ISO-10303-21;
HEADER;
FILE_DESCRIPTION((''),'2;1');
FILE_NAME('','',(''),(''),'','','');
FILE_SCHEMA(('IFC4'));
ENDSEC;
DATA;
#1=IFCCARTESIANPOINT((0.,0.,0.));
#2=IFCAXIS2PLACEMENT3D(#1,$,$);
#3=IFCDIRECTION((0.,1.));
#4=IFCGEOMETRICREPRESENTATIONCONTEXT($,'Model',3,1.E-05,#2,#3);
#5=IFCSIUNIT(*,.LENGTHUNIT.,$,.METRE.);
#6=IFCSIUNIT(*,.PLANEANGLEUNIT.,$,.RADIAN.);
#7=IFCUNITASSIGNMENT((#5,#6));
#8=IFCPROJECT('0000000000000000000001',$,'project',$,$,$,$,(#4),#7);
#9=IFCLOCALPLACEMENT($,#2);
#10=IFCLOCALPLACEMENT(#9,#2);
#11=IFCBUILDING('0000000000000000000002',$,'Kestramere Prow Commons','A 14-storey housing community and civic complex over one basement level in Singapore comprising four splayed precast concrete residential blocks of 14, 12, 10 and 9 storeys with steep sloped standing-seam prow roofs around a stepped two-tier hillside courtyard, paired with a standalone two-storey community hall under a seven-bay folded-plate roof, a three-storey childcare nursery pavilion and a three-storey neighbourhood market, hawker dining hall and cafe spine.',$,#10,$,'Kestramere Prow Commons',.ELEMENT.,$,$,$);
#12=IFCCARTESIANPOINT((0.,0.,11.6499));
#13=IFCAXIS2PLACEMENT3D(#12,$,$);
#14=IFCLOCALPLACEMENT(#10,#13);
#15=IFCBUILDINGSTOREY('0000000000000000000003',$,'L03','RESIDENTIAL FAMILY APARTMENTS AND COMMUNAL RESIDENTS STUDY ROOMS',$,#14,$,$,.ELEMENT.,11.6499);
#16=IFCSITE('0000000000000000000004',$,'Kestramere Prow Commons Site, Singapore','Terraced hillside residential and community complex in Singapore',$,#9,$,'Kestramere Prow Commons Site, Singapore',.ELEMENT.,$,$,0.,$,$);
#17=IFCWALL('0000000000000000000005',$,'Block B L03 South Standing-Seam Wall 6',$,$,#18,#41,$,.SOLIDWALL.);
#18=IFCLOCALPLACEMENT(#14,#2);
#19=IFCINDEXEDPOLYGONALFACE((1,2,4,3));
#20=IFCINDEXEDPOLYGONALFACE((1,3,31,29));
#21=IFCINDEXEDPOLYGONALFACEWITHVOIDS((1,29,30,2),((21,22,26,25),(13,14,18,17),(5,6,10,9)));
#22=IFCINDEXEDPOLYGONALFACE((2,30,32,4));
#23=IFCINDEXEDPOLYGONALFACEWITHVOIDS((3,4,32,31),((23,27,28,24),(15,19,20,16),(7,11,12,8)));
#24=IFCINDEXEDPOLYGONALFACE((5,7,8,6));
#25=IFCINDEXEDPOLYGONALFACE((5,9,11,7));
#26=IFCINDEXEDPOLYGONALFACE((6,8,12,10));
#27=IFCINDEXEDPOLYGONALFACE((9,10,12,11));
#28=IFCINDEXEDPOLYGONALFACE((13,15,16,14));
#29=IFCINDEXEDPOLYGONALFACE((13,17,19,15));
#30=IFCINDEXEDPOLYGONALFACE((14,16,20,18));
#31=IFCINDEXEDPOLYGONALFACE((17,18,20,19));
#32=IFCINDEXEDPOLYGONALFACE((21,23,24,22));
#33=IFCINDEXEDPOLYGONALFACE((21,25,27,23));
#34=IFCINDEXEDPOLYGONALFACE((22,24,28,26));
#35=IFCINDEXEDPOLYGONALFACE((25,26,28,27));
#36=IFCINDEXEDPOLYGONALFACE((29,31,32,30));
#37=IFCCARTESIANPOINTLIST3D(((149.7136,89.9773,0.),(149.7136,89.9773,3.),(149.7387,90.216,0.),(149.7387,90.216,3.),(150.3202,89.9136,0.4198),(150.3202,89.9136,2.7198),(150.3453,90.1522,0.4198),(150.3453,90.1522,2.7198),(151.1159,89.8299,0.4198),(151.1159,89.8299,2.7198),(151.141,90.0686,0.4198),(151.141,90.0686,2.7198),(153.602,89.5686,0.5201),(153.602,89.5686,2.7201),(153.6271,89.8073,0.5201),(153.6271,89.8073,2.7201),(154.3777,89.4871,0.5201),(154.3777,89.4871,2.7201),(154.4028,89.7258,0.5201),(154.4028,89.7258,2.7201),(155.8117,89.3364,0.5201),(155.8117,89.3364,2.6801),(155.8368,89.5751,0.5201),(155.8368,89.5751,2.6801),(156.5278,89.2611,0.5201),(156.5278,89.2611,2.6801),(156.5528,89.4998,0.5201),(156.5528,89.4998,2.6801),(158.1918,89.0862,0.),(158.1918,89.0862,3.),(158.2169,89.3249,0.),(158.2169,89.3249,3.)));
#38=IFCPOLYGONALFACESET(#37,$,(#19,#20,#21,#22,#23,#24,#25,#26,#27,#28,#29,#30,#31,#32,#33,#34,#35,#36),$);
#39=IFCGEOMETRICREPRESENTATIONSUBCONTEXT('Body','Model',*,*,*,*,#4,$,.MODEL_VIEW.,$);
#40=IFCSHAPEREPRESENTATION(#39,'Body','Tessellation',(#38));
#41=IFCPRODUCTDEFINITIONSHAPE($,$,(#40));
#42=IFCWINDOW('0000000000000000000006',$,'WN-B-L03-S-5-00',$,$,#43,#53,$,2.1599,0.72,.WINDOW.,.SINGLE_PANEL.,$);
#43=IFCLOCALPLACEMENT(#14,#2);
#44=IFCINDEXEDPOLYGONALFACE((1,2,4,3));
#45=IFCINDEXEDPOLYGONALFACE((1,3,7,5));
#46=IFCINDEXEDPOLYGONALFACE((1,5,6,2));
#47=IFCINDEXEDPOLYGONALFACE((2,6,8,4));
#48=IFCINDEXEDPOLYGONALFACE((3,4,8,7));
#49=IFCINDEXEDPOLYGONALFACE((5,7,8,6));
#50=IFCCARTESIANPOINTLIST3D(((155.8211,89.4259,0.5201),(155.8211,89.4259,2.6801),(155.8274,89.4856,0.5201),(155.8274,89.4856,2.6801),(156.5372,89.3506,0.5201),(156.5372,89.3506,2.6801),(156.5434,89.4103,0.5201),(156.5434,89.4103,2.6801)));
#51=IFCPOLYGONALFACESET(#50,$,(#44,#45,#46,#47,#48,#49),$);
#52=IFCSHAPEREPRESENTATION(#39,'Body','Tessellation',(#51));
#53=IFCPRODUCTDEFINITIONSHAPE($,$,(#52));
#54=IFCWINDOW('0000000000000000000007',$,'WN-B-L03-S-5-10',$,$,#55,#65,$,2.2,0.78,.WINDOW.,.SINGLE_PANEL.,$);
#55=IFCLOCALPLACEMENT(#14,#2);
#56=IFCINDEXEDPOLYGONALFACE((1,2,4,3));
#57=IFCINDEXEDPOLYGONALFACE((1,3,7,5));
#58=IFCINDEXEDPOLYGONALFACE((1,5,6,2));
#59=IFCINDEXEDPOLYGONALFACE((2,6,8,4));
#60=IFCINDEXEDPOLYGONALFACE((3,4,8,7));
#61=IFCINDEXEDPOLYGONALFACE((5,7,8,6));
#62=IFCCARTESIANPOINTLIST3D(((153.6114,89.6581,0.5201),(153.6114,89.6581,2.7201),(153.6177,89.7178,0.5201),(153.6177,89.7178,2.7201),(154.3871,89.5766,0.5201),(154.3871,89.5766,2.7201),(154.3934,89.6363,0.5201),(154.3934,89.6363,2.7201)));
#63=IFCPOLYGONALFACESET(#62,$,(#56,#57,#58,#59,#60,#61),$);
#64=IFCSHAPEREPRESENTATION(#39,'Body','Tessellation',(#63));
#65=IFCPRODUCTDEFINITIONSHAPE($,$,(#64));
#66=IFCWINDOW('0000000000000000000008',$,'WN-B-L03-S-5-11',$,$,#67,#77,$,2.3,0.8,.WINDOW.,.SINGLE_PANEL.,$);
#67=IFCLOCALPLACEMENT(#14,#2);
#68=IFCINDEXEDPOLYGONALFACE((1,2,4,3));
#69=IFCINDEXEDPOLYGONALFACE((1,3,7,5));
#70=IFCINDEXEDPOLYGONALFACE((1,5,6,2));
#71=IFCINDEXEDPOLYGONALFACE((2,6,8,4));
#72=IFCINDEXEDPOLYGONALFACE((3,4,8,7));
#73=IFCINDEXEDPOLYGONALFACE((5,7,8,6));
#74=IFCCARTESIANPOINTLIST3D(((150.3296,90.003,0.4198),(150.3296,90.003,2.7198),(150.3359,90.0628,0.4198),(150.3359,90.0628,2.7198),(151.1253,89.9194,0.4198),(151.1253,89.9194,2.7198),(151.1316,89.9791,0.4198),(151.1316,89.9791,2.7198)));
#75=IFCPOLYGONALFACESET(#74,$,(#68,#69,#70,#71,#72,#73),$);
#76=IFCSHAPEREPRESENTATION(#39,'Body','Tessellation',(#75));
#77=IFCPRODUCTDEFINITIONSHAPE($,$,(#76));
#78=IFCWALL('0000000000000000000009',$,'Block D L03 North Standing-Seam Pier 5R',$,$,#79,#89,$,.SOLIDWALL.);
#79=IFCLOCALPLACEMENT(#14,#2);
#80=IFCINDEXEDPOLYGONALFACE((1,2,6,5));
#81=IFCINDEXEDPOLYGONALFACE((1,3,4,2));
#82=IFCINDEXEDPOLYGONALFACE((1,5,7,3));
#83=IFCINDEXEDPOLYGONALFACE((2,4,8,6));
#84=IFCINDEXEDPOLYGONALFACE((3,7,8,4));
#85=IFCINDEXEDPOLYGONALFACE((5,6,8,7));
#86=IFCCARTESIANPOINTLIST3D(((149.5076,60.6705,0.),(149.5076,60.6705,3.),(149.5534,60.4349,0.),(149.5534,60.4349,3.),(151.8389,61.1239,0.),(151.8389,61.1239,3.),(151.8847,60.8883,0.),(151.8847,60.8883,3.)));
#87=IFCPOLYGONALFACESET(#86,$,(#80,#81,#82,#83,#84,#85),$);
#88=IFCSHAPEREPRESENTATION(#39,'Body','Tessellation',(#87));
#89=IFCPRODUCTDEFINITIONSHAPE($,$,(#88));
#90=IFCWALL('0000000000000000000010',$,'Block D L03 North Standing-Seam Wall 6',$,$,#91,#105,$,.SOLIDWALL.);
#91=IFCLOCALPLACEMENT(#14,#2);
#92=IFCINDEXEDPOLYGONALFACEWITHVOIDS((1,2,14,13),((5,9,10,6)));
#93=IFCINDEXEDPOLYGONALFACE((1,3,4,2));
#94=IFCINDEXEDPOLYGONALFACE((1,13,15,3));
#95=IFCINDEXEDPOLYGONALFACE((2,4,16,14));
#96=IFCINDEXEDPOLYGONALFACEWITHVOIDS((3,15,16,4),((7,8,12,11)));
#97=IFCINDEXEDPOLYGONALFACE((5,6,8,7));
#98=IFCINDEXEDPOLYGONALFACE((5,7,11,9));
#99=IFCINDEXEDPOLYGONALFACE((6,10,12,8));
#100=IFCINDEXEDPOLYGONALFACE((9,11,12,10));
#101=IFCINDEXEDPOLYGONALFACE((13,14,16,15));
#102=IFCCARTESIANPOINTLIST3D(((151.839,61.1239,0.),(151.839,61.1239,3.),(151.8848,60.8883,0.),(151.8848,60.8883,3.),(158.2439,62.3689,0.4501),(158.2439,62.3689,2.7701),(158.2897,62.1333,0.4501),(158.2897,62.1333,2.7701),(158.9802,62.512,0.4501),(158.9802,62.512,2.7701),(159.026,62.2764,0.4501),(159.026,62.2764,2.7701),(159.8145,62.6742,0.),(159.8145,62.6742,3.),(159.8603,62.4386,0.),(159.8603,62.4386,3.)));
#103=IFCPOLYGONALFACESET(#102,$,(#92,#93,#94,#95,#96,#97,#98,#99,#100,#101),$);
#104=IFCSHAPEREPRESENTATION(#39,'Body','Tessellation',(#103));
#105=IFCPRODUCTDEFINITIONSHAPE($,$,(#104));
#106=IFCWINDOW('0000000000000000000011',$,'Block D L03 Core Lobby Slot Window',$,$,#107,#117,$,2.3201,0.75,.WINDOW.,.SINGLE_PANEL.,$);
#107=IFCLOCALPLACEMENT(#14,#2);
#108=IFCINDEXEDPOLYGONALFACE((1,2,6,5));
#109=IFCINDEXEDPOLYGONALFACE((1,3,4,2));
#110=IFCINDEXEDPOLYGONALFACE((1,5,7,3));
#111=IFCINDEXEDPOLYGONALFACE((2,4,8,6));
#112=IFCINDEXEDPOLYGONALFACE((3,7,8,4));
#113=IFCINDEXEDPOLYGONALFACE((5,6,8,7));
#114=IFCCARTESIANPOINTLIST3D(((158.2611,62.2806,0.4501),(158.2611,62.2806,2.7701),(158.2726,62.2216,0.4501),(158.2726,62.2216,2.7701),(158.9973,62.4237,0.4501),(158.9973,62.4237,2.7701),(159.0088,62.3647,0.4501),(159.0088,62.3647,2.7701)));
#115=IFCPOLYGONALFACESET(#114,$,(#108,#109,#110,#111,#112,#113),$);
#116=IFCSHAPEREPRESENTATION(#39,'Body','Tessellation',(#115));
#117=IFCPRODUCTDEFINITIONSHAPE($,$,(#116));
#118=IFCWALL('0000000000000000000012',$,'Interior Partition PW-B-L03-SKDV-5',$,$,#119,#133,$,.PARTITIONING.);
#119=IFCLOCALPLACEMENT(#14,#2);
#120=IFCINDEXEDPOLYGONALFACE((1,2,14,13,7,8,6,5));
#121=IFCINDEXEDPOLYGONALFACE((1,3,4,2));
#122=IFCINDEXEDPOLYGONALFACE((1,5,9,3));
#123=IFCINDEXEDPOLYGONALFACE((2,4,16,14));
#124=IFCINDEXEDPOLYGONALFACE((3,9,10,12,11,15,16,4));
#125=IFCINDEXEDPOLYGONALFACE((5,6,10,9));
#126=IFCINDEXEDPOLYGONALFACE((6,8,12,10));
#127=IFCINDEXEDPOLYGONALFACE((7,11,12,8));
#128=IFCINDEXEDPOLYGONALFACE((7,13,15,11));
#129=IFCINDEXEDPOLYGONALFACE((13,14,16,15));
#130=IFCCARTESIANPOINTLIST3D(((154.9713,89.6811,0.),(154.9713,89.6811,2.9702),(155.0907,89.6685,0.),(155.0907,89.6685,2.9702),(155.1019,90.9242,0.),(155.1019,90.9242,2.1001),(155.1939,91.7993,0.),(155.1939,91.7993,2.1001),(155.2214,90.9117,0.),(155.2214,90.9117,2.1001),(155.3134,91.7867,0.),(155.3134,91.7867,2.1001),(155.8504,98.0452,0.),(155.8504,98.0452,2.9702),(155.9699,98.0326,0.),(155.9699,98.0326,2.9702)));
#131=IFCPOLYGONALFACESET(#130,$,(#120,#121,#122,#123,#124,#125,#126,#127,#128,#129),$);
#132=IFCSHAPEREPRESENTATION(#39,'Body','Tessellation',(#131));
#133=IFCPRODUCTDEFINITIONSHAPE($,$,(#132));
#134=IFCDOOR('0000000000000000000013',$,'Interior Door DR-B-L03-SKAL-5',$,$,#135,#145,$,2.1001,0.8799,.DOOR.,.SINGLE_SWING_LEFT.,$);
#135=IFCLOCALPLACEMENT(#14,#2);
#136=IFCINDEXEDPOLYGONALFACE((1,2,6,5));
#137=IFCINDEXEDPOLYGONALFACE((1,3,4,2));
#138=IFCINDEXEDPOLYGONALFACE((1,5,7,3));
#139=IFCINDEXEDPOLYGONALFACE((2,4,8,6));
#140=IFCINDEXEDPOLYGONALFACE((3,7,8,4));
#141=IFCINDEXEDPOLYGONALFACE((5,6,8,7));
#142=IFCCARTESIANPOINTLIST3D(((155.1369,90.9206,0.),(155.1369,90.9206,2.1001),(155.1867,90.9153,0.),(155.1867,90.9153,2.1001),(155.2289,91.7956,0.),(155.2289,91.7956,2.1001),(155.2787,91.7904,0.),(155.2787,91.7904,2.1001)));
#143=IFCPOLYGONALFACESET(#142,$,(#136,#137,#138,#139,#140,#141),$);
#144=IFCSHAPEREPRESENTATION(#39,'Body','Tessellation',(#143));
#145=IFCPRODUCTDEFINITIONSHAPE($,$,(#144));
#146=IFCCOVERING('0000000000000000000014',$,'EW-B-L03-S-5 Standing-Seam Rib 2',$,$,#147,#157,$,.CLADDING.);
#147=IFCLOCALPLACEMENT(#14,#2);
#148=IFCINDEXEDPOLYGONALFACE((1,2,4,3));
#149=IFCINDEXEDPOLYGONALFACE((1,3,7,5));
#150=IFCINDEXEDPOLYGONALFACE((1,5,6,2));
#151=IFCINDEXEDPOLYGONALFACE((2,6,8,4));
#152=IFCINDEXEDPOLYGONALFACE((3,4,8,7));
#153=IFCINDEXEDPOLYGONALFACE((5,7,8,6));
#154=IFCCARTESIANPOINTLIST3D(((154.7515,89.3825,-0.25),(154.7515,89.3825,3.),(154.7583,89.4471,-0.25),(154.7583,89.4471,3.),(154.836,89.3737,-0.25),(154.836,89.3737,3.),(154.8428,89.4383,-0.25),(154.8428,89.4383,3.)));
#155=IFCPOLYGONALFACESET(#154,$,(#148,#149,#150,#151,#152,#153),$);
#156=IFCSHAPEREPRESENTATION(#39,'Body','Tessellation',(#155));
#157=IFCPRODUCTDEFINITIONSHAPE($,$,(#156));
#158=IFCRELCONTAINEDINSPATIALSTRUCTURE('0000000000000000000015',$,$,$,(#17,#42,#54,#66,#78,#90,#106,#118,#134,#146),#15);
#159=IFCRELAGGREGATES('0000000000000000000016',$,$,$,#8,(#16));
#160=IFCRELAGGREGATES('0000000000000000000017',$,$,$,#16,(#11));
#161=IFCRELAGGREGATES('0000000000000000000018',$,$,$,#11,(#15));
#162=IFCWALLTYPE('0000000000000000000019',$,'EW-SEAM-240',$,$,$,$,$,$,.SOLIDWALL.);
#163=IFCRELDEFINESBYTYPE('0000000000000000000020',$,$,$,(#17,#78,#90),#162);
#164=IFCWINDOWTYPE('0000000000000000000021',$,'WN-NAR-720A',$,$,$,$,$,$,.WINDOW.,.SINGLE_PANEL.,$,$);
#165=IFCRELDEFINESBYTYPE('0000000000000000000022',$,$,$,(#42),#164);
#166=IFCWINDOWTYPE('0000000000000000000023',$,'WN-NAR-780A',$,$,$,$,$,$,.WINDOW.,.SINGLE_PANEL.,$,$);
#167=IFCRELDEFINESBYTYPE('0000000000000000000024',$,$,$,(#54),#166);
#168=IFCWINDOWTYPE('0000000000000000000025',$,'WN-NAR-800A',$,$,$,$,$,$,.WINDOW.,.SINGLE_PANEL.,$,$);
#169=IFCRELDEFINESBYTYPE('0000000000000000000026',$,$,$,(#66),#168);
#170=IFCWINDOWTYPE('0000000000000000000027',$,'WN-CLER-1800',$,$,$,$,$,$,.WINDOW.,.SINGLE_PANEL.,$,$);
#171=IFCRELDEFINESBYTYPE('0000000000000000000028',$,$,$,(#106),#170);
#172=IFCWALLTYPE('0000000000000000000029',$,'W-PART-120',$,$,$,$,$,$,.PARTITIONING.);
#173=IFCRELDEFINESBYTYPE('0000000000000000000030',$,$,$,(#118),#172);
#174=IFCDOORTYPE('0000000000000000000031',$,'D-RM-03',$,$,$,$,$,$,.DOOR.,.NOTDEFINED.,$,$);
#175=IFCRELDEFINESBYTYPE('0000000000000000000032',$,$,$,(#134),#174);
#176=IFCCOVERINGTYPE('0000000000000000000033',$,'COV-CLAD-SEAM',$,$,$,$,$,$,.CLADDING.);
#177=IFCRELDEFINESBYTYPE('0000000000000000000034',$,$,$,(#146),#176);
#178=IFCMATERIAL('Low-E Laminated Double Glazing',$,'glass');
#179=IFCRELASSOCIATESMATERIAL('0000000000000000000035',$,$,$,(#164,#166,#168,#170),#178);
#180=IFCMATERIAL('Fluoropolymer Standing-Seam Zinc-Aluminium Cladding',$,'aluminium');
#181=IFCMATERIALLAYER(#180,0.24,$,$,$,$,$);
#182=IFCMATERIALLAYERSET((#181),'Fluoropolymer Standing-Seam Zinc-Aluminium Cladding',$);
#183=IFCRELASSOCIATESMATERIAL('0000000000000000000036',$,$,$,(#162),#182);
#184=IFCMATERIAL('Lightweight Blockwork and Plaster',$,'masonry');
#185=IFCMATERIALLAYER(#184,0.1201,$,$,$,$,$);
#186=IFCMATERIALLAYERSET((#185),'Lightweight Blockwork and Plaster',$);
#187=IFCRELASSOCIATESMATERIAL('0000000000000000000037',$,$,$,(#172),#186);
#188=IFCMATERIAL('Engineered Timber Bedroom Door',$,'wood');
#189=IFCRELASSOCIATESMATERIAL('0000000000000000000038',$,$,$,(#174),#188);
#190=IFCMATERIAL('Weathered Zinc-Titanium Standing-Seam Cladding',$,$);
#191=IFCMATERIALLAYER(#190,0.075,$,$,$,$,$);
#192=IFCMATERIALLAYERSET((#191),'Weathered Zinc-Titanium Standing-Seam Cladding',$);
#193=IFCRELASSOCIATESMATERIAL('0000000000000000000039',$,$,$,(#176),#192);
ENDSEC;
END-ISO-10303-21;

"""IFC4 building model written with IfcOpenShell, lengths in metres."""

from ifc_helpers import new_model, si_unit, direction, frame, frame_2d, origin, origin_2d, place, context, subcontext, project, spatial, rectangle, extrude, material, layer, layer_set, type_object, element, fill, save


model = new_model("IFC4")

# Units and contexts
model_context = context("Model", 3, precision=1e-05, world=origin(), true_north=direction((0.0, 1.0)))
body_context = subcontext(model_context, "Body", "Model", "MODEL_VIEW")
ifc_project = project(units=[si_unit("LENGTHUNIT", "METRE"), si_unit("PLANEANGLEUNIT", "RADIAN")], contexts=[model_context])

# Site, building, storey
site_placement = place(None, origin())
site = spatial("IfcSite", under=ifc_project, at=site_placement, Name="Kestramere Prow Commons Site, Singapore", Description="Terraced hillside residential and community complex in Singapore", LongName="Kestramere Prow Commons Site, Singapore", CompositionType="ELEMENT", RefElevation=0.0)
building_placement = place(site_placement, origin())
building = spatial("IfcBuilding", under=site, at=building_placement, Name="Kestramere Prow Commons", Description="A 14-storey housing community and civic complex over one basement level in Singapore comprising four splayed precast concrete residential blocks of 14, 12, 10 and 9 storeys with steep sloped standing-seam prow roofs around a stepped two-tier hillside courtyard, paired with a standalone two-storey community hall under a seven-bay folded-plate roof, a three-storey childcare nursery pavilion and a three-storey neighbourhood market, hawker dining hall and cafe spine.", LongName="Kestramere Prow Commons", CompositionType="ELEMENT")
storey_placement = place(building_placement, frame((0.0, 0.0, 11.6499)))
storey = spatial("IfcBuildingStorey", under=building, at=storey_placement, Name="L03", Description="RESIDENTIAL FAMILY APARTMENTS AND COMMUNAL RESIDENTS STUDY ROOMS", CompositionType="ELEMENT", Elevation=11.6499)

# Wall, openings, windows
ifc_material_1 = material(Name="Weathered Zinc-Titanium Standing-Seam Cladding")
ifc_material_2 = material(Name="Low-E Laminated Double Glazing", Category="glass")
window_type_1 = type_object("IfcWindowType", Name="WN-NAR-720A", PartitioningType="SINGLE_PANEL", PredefinedType="WINDOW", material=ifc_material_2)
ifc_material_3 = material(Name="Fluoropolymer Standing-Seam Zinc-Aluminium Cladding", Category="aluminium")
ifc_layer_1 = layer(ifc_material_3, 0.24)
ifc_layer_set_1 = layer_set([ifc_layer_1], Name="Fluoropolymer Standing-Seam Zinc-Aluminium Cladding")
wall_type_1 = type_object("IfcWallType", Name="EW-SEAM-240", PredefinedType="SOLIDWALL", material=ifc_layer_set_1)
wall_1_placement = place(storey_placement, frame((158.2043, 89.2056, 0.0), z_axis=(0.0, 0.0, 1.0), x_axis=(-0.994522, 0.10453, 0.0)))
wall_1 = element("IfcWall", 1, at=wall_1_placement, inside=storey, type_object=wall_type_1, Name="Block B L03 South Standing-Seam Wall 6", PredefinedType="SOLIDWALL", context=body_context, shape_type="SweptSolid", body=[
    extrude(rectangle(XDim=8.5249, YDim=0.24, at=frame_2d((4.2625, 0.0))), origin(), (0.0, 0.0, 1.0), 3.0),
])
opening_1_placement = place(wall_1_placement, frame((1.6733, 0.0, 0.52)))
opening_1 = element("IfcOpeningElement", 2, at=opening_1_placement, cuts=wall_1, PredefinedType="OPENING", context=body_context, shape_type="SweptSolid", body=[
    extrude(rectangle(XDim=0.72, YDim=2.1599, at=frame_2d((0.3599, 1.0801))), frame((0.0, 0.135, 0.0), z_axis=(0.0, -1.0, 0.0), x_axis=(1.0, 0.0, 0.0)), (0.0, 0.0, 1.0), 0.27),
])
opening_2_placement = place(wall_1_placement, frame((3.835, 0.0, 0.52)))
opening_2 = element("IfcOpeningElement", 3, at=opening_2_placement, cuts=wall_1, PredefinedType="OPENING", context=body_context, shape_type="SweptSolid", body=[
    extrude(rectangle(XDim=0.78, YDim=2.2, at=frame_2d((0.3901, 1.1001))), frame((0.0, 0.135, 0.0), z_axis=(0.0, -1.0, 0.0), x_axis=(1.0, 0.0, 0.0)), (0.0, 0.0, 1.0), 0.27),
])
opening_3_placement = place(wall_1_placement, frame((7.115, 0.0, 0.4199)))
opening_3 = element("IfcOpeningElement", 4, at=opening_3_placement, cuts=wall_1, PredefinedType="OPENING", context=body_context, shape_type="SweptSolid", body=[
    extrude(rectangle(XDim=0.8, YDim=2.3, at=frame_2d((0.3999, 1.1499))), frame((0.0, 0.135, 0.0), z_axis=(0.0, -1.0, 0.0), x_axis=(1.0, 0.0, 0.0)), (0.0, 0.0, 1.0), 0.27),
])
window_1_placement = place(opening_1_placement, origin())
window_1 = element("IfcWindow", 5, at=window_1_placement, inside=storey, type_object=window_type_1, Name="WN-B-L03-S-5-00", OverallHeight=2.1599, OverallWidth=0.72, PartitioningType="SINGLE_PANEL", PredefinedType="WINDOW", context=body_context, shape_type="SweptSolid", body=[
    extrude(rectangle(XDim=0.72, YDim=2.1599, at=frame_2d((0.3599, 1.0801))), frame((0.0, 0.03, 0.0), z_axis=(0.0, -1.0, 0.0), x_axis=(1.0, 0.0, 0.0)), (0.0, 0.0, 1.0), 0.0601),
])
fill(opening_1, window_1)
window_type_2 = type_object("IfcWindowType", Name="WN-NAR-780A", PartitioningType="SINGLE_PANEL", PredefinedType="WINDOW", material=ifc_material_2)
window_2_placement = place(opening_2_placement, origin())
window_2 = element("IfcWindow", 6, at=window_2_placement, inside=storey, type_object=window_type_2, Name="WN-B-L03-S-5-10", OverallHeight=2.2, OverallWidth=0.78, PartitioningType="SINGLE_PANEL", PredefinedType="WINDOW", context=body_context, shape_type="SweptSolid", body=[
    extrude(rectangle(XDim=0.78, YDim=2.2, at=frame_2d((0.3901, 1.1001))), frame((0.0, 0.03, 0.0), z_axis=(0.0, -1.0, 0.0), x_axis=(1.0, 0.0, 0.0)), (0.0, 0.0, 1.0), 0.0601),
])
fill(opening_2, window_2)
window_type_3 = type_object("IfcWindowType", Name="WN-NAR-800A", PartitioningType="SINGLE_PANEL", PredefinedType="WINDOW", material=ifc_material_2)
window_3_placement = place(opening_3_placement, origin())
window_3 = element("IfcWindow", 7, at=window_3_placement, inside=storey, type_object=window_type_3, Name="WN-B-L03-S-5-11", OverallHeight=2.3, OverallWidth=0.8, PartitioningType="SINGLE_PANEL", PredefinedType="WINDOW", context=body_context, shape_type="SweptSolid", body=[
    extrude(rectangle(XDim=0.8, YDim=2.3, at=frame_2d((0.3999, 1.1499))), frame((0.0, 0.03, 0.0), z_axis=(0.0, -1.0, 0.0), x_axis=(1.0, 0.0, 0.0)), (0.0, 0.0, 1.0), 0.0601),
])
fill(opening_3, window_3)

# Wall
wall_2_placement = place(storey_placement, frame((149.5305, 60.5527, 0.0), z_axis=(0.0, 0.0, 1.0), x_axis=(0.981611, 0.190894, 0.0)))
element("IfcWall", 8, at=wall_2_placement, inside=storey, type_object=wall_type_1, Name="Block D L03 North Standing-Seam Pier 5R", PredefinedType="SOLIDWALL", context=body_context, shape_type="SweptSolid", body=[
    extrude(rectangle(XDim=2.375, YDim=0.24, at=frame_2d((1.1875, 0.0))), origin(), (0.0, 0.0, 1.0), 3.0),
])

# Wall, opening, window
wall_3_placement = place(storey_placement, frame((151.8618, 61.0061, 0.0), z_axis=(0.0, 0.0, 1.0), x_axis=(0.981627, 0.190809, 0.0)))
wall_3 = element("IfcWall", 9, at=wall_3_placement, inside=storey, type_object=wall_type_1, Name="Block D L03 North Standing-Seam Wall 6", PredefinedType="SOLIDWALL", context=body_context, shape_type="SweptSolid", body=[
    extrude(rectangle(XDim=8.1248, YDim=0.24, at=frame_2d((4.0625, 0.0))), origin(), (0.0, 0.0, 1.0), 3.0),
])
opening_4_placement = place(wall_3_placement, frame((6.5249, 0.0, 0.45)))
opening_4 = element("IfcOpeningElement", 10, at=opening_4_placement, cuts=wall_3, PredefinedType="OPENING", context=body_context, shape_type="SweptSolid", body=[
    extrude(rectangle(XDim=0.75, YDim=2.3201, at=frame_2d((0.375, 1.1602))), frame((0.0, 0.135, 0.0), z_axis=(0.0, -1.0, 0.0), x_axis=(1.0, 0.0, 0.0)), (0.0, 0.0, 1.0), 0.27),
])
window_type_4 = type_object("IfcWindowType", Name="WN-CLER-1800", PartitioningType="SINGLE_PANEL", PredefinedType="WINDOW", material=ifc_material_2)
window_4_placement = place(opening_4_placement, origin())
window_4 = element("IfcWindow", 11, at=window_4_placement, inside=storey, type_object=window_type_4, Name="Block D L03 Core Lobby Slot Window", OverallHeight=2.3201, OverallWidth=0.75, PartitioningType="SINGLE_PANEL", PredefinedType="WINDOW", context=body_context, shape_type="SweptSolid", body=[
    extrude(rectangle(XDim=0.75, YDim=2.3201, at=frame_2d((0.375, 1.1602))), frame((0.0, 0.03, 0.0), z_axis=(0.0, -1.0, 0.0), x_axis=(1.0, 0.0, 0.0)), (0.0, 0.0, 1.0), 0.0601),
])
fill(opening_4, window_4)

# Wall, opening, door
ifc_material_4 = material(Name="Lightweight Blockwork and Plaster", Category="masonry")
ifc_layer_2 = layer(ifc_material_4, 0.1201)
ifc_layer_set_2 = layer_set([ifc_layer_2], Name="Lightweight Blockwork and Plaster")
wall_type_2 = type_object("IfcWallType", Name="W-PART-120", PredefinedType="PARTITIONING", material=ifc_layer_set_2)
wall_4_placement = place(storey_placement, frame((155.031, 89.6748, 0.0), z_axis=(0.0, 0.0, 1.0), x_axis=(0.104535, 0.994521, 0.0)))
wall_4 = element("IfcWall", 12, at=wall_4_placement, inside=storey, type_object=wall_type_2, Name="Interior Partition PW-B-L03-SKDV-5", PredefinedType="PARTITIONING", context=body_context, shape_type="SweptSolid", body=[
    extrude(rectangle(XDim=8.4102, YDim=0.1201, at=frame_2d((4.2051, 0.0))), origin(), (0.0, 0.0, 1.0), 2.9702),
])
opening_5_placement = place(wall_4_placement, frame((1.25, 0.0, 0.0)))
opening_5 = element("IfcOpeningElement", 13, at=opening_5_placement, cuts=wall_4, PredefinedType="OPENING", context=body_context, shape_type="SweptSolid", body=[
    extrude(rectangle(XDim=0.8799, YDim=2.1001, at=frame_2d((0.4399, 1.05))), frame((0.0, 0.075, 0.0), z_axis=(0.0, -1.0, 0.0), x_axis=(1.0, 0.0, 0.0)), (0.0, 0.0, 1.0), 0.1501),
])
ifc_material_5 = material(Name="Engineered Timber Bedroom Door", Category="wood")
door_type = type_object("IfcDoorType", Name="D-RM-03", OperationType="NOTDEFINED", PredefinedType="DOOR", material=ifc_material_5)
door_placement = place(opening_5_placement, origin())
door = element("IfcDoor", 14, at=door_placement, inside=storey, type_object=door_type, Name="Interior Door DR-B-L03-SKAL-5", OperationType="SINGLE_SWING_LEFT", OverallHeight=2.1001, OverallWidth=0.8799, PredefinedType="DOOR", context=body_context, shape_type="SweptSolid", body=[
    extrude(rectangle(XDim=0.8799, YDim=2.1001, at=frame_2d((0.4399, 1.05))), frame((0.0, 0.0249, 0.0), z_axis=(0.0, -1.0, 0.0), x_axis=(1.0, 0.0, 0.0)), (0.0, 0.0, 1.0), 0.05),
])
fill(opening_5, door)

# Covering
ifc_layer_3 = layer(ifc_material_1, 0.075)
ifc_layer_set_3 = layer_set([ifc_layer_3], Name="Weathered Zinc-Titanium Standing-Seam Cladding")
covering_type = type_object("IfcCoveringType", Name="COV-CLAD-SEAM", PredefinedType="CLADDING", material=ifc_layer_set_3)
for number, where, z_axis, x_axis, name in (
    (15, (154.7971, 89.4104, -0.25), (0.0, 0.0, 1.0), (-0.994522, 0.104528, 0.0), "EW-B-L03-S-5 Standing-Seam Rib 2"),
):
    element("IfcCovering", number, at=place(storey_placement, frame(where, z_axis=z_axis, x_axis=x_axis)), inside=storey, type_object=covering_type, Name=name, PredefinedType="CLADDING", context=body_context, shape_type="SweptSolid", body=[
        extrude(rectangle(XDim=0.085, YDim=0.0649, at=origin_2d()), origin(), (0.0, 0.0, 1.0), 3.25),
    ])

save(model, "model.ifc")
